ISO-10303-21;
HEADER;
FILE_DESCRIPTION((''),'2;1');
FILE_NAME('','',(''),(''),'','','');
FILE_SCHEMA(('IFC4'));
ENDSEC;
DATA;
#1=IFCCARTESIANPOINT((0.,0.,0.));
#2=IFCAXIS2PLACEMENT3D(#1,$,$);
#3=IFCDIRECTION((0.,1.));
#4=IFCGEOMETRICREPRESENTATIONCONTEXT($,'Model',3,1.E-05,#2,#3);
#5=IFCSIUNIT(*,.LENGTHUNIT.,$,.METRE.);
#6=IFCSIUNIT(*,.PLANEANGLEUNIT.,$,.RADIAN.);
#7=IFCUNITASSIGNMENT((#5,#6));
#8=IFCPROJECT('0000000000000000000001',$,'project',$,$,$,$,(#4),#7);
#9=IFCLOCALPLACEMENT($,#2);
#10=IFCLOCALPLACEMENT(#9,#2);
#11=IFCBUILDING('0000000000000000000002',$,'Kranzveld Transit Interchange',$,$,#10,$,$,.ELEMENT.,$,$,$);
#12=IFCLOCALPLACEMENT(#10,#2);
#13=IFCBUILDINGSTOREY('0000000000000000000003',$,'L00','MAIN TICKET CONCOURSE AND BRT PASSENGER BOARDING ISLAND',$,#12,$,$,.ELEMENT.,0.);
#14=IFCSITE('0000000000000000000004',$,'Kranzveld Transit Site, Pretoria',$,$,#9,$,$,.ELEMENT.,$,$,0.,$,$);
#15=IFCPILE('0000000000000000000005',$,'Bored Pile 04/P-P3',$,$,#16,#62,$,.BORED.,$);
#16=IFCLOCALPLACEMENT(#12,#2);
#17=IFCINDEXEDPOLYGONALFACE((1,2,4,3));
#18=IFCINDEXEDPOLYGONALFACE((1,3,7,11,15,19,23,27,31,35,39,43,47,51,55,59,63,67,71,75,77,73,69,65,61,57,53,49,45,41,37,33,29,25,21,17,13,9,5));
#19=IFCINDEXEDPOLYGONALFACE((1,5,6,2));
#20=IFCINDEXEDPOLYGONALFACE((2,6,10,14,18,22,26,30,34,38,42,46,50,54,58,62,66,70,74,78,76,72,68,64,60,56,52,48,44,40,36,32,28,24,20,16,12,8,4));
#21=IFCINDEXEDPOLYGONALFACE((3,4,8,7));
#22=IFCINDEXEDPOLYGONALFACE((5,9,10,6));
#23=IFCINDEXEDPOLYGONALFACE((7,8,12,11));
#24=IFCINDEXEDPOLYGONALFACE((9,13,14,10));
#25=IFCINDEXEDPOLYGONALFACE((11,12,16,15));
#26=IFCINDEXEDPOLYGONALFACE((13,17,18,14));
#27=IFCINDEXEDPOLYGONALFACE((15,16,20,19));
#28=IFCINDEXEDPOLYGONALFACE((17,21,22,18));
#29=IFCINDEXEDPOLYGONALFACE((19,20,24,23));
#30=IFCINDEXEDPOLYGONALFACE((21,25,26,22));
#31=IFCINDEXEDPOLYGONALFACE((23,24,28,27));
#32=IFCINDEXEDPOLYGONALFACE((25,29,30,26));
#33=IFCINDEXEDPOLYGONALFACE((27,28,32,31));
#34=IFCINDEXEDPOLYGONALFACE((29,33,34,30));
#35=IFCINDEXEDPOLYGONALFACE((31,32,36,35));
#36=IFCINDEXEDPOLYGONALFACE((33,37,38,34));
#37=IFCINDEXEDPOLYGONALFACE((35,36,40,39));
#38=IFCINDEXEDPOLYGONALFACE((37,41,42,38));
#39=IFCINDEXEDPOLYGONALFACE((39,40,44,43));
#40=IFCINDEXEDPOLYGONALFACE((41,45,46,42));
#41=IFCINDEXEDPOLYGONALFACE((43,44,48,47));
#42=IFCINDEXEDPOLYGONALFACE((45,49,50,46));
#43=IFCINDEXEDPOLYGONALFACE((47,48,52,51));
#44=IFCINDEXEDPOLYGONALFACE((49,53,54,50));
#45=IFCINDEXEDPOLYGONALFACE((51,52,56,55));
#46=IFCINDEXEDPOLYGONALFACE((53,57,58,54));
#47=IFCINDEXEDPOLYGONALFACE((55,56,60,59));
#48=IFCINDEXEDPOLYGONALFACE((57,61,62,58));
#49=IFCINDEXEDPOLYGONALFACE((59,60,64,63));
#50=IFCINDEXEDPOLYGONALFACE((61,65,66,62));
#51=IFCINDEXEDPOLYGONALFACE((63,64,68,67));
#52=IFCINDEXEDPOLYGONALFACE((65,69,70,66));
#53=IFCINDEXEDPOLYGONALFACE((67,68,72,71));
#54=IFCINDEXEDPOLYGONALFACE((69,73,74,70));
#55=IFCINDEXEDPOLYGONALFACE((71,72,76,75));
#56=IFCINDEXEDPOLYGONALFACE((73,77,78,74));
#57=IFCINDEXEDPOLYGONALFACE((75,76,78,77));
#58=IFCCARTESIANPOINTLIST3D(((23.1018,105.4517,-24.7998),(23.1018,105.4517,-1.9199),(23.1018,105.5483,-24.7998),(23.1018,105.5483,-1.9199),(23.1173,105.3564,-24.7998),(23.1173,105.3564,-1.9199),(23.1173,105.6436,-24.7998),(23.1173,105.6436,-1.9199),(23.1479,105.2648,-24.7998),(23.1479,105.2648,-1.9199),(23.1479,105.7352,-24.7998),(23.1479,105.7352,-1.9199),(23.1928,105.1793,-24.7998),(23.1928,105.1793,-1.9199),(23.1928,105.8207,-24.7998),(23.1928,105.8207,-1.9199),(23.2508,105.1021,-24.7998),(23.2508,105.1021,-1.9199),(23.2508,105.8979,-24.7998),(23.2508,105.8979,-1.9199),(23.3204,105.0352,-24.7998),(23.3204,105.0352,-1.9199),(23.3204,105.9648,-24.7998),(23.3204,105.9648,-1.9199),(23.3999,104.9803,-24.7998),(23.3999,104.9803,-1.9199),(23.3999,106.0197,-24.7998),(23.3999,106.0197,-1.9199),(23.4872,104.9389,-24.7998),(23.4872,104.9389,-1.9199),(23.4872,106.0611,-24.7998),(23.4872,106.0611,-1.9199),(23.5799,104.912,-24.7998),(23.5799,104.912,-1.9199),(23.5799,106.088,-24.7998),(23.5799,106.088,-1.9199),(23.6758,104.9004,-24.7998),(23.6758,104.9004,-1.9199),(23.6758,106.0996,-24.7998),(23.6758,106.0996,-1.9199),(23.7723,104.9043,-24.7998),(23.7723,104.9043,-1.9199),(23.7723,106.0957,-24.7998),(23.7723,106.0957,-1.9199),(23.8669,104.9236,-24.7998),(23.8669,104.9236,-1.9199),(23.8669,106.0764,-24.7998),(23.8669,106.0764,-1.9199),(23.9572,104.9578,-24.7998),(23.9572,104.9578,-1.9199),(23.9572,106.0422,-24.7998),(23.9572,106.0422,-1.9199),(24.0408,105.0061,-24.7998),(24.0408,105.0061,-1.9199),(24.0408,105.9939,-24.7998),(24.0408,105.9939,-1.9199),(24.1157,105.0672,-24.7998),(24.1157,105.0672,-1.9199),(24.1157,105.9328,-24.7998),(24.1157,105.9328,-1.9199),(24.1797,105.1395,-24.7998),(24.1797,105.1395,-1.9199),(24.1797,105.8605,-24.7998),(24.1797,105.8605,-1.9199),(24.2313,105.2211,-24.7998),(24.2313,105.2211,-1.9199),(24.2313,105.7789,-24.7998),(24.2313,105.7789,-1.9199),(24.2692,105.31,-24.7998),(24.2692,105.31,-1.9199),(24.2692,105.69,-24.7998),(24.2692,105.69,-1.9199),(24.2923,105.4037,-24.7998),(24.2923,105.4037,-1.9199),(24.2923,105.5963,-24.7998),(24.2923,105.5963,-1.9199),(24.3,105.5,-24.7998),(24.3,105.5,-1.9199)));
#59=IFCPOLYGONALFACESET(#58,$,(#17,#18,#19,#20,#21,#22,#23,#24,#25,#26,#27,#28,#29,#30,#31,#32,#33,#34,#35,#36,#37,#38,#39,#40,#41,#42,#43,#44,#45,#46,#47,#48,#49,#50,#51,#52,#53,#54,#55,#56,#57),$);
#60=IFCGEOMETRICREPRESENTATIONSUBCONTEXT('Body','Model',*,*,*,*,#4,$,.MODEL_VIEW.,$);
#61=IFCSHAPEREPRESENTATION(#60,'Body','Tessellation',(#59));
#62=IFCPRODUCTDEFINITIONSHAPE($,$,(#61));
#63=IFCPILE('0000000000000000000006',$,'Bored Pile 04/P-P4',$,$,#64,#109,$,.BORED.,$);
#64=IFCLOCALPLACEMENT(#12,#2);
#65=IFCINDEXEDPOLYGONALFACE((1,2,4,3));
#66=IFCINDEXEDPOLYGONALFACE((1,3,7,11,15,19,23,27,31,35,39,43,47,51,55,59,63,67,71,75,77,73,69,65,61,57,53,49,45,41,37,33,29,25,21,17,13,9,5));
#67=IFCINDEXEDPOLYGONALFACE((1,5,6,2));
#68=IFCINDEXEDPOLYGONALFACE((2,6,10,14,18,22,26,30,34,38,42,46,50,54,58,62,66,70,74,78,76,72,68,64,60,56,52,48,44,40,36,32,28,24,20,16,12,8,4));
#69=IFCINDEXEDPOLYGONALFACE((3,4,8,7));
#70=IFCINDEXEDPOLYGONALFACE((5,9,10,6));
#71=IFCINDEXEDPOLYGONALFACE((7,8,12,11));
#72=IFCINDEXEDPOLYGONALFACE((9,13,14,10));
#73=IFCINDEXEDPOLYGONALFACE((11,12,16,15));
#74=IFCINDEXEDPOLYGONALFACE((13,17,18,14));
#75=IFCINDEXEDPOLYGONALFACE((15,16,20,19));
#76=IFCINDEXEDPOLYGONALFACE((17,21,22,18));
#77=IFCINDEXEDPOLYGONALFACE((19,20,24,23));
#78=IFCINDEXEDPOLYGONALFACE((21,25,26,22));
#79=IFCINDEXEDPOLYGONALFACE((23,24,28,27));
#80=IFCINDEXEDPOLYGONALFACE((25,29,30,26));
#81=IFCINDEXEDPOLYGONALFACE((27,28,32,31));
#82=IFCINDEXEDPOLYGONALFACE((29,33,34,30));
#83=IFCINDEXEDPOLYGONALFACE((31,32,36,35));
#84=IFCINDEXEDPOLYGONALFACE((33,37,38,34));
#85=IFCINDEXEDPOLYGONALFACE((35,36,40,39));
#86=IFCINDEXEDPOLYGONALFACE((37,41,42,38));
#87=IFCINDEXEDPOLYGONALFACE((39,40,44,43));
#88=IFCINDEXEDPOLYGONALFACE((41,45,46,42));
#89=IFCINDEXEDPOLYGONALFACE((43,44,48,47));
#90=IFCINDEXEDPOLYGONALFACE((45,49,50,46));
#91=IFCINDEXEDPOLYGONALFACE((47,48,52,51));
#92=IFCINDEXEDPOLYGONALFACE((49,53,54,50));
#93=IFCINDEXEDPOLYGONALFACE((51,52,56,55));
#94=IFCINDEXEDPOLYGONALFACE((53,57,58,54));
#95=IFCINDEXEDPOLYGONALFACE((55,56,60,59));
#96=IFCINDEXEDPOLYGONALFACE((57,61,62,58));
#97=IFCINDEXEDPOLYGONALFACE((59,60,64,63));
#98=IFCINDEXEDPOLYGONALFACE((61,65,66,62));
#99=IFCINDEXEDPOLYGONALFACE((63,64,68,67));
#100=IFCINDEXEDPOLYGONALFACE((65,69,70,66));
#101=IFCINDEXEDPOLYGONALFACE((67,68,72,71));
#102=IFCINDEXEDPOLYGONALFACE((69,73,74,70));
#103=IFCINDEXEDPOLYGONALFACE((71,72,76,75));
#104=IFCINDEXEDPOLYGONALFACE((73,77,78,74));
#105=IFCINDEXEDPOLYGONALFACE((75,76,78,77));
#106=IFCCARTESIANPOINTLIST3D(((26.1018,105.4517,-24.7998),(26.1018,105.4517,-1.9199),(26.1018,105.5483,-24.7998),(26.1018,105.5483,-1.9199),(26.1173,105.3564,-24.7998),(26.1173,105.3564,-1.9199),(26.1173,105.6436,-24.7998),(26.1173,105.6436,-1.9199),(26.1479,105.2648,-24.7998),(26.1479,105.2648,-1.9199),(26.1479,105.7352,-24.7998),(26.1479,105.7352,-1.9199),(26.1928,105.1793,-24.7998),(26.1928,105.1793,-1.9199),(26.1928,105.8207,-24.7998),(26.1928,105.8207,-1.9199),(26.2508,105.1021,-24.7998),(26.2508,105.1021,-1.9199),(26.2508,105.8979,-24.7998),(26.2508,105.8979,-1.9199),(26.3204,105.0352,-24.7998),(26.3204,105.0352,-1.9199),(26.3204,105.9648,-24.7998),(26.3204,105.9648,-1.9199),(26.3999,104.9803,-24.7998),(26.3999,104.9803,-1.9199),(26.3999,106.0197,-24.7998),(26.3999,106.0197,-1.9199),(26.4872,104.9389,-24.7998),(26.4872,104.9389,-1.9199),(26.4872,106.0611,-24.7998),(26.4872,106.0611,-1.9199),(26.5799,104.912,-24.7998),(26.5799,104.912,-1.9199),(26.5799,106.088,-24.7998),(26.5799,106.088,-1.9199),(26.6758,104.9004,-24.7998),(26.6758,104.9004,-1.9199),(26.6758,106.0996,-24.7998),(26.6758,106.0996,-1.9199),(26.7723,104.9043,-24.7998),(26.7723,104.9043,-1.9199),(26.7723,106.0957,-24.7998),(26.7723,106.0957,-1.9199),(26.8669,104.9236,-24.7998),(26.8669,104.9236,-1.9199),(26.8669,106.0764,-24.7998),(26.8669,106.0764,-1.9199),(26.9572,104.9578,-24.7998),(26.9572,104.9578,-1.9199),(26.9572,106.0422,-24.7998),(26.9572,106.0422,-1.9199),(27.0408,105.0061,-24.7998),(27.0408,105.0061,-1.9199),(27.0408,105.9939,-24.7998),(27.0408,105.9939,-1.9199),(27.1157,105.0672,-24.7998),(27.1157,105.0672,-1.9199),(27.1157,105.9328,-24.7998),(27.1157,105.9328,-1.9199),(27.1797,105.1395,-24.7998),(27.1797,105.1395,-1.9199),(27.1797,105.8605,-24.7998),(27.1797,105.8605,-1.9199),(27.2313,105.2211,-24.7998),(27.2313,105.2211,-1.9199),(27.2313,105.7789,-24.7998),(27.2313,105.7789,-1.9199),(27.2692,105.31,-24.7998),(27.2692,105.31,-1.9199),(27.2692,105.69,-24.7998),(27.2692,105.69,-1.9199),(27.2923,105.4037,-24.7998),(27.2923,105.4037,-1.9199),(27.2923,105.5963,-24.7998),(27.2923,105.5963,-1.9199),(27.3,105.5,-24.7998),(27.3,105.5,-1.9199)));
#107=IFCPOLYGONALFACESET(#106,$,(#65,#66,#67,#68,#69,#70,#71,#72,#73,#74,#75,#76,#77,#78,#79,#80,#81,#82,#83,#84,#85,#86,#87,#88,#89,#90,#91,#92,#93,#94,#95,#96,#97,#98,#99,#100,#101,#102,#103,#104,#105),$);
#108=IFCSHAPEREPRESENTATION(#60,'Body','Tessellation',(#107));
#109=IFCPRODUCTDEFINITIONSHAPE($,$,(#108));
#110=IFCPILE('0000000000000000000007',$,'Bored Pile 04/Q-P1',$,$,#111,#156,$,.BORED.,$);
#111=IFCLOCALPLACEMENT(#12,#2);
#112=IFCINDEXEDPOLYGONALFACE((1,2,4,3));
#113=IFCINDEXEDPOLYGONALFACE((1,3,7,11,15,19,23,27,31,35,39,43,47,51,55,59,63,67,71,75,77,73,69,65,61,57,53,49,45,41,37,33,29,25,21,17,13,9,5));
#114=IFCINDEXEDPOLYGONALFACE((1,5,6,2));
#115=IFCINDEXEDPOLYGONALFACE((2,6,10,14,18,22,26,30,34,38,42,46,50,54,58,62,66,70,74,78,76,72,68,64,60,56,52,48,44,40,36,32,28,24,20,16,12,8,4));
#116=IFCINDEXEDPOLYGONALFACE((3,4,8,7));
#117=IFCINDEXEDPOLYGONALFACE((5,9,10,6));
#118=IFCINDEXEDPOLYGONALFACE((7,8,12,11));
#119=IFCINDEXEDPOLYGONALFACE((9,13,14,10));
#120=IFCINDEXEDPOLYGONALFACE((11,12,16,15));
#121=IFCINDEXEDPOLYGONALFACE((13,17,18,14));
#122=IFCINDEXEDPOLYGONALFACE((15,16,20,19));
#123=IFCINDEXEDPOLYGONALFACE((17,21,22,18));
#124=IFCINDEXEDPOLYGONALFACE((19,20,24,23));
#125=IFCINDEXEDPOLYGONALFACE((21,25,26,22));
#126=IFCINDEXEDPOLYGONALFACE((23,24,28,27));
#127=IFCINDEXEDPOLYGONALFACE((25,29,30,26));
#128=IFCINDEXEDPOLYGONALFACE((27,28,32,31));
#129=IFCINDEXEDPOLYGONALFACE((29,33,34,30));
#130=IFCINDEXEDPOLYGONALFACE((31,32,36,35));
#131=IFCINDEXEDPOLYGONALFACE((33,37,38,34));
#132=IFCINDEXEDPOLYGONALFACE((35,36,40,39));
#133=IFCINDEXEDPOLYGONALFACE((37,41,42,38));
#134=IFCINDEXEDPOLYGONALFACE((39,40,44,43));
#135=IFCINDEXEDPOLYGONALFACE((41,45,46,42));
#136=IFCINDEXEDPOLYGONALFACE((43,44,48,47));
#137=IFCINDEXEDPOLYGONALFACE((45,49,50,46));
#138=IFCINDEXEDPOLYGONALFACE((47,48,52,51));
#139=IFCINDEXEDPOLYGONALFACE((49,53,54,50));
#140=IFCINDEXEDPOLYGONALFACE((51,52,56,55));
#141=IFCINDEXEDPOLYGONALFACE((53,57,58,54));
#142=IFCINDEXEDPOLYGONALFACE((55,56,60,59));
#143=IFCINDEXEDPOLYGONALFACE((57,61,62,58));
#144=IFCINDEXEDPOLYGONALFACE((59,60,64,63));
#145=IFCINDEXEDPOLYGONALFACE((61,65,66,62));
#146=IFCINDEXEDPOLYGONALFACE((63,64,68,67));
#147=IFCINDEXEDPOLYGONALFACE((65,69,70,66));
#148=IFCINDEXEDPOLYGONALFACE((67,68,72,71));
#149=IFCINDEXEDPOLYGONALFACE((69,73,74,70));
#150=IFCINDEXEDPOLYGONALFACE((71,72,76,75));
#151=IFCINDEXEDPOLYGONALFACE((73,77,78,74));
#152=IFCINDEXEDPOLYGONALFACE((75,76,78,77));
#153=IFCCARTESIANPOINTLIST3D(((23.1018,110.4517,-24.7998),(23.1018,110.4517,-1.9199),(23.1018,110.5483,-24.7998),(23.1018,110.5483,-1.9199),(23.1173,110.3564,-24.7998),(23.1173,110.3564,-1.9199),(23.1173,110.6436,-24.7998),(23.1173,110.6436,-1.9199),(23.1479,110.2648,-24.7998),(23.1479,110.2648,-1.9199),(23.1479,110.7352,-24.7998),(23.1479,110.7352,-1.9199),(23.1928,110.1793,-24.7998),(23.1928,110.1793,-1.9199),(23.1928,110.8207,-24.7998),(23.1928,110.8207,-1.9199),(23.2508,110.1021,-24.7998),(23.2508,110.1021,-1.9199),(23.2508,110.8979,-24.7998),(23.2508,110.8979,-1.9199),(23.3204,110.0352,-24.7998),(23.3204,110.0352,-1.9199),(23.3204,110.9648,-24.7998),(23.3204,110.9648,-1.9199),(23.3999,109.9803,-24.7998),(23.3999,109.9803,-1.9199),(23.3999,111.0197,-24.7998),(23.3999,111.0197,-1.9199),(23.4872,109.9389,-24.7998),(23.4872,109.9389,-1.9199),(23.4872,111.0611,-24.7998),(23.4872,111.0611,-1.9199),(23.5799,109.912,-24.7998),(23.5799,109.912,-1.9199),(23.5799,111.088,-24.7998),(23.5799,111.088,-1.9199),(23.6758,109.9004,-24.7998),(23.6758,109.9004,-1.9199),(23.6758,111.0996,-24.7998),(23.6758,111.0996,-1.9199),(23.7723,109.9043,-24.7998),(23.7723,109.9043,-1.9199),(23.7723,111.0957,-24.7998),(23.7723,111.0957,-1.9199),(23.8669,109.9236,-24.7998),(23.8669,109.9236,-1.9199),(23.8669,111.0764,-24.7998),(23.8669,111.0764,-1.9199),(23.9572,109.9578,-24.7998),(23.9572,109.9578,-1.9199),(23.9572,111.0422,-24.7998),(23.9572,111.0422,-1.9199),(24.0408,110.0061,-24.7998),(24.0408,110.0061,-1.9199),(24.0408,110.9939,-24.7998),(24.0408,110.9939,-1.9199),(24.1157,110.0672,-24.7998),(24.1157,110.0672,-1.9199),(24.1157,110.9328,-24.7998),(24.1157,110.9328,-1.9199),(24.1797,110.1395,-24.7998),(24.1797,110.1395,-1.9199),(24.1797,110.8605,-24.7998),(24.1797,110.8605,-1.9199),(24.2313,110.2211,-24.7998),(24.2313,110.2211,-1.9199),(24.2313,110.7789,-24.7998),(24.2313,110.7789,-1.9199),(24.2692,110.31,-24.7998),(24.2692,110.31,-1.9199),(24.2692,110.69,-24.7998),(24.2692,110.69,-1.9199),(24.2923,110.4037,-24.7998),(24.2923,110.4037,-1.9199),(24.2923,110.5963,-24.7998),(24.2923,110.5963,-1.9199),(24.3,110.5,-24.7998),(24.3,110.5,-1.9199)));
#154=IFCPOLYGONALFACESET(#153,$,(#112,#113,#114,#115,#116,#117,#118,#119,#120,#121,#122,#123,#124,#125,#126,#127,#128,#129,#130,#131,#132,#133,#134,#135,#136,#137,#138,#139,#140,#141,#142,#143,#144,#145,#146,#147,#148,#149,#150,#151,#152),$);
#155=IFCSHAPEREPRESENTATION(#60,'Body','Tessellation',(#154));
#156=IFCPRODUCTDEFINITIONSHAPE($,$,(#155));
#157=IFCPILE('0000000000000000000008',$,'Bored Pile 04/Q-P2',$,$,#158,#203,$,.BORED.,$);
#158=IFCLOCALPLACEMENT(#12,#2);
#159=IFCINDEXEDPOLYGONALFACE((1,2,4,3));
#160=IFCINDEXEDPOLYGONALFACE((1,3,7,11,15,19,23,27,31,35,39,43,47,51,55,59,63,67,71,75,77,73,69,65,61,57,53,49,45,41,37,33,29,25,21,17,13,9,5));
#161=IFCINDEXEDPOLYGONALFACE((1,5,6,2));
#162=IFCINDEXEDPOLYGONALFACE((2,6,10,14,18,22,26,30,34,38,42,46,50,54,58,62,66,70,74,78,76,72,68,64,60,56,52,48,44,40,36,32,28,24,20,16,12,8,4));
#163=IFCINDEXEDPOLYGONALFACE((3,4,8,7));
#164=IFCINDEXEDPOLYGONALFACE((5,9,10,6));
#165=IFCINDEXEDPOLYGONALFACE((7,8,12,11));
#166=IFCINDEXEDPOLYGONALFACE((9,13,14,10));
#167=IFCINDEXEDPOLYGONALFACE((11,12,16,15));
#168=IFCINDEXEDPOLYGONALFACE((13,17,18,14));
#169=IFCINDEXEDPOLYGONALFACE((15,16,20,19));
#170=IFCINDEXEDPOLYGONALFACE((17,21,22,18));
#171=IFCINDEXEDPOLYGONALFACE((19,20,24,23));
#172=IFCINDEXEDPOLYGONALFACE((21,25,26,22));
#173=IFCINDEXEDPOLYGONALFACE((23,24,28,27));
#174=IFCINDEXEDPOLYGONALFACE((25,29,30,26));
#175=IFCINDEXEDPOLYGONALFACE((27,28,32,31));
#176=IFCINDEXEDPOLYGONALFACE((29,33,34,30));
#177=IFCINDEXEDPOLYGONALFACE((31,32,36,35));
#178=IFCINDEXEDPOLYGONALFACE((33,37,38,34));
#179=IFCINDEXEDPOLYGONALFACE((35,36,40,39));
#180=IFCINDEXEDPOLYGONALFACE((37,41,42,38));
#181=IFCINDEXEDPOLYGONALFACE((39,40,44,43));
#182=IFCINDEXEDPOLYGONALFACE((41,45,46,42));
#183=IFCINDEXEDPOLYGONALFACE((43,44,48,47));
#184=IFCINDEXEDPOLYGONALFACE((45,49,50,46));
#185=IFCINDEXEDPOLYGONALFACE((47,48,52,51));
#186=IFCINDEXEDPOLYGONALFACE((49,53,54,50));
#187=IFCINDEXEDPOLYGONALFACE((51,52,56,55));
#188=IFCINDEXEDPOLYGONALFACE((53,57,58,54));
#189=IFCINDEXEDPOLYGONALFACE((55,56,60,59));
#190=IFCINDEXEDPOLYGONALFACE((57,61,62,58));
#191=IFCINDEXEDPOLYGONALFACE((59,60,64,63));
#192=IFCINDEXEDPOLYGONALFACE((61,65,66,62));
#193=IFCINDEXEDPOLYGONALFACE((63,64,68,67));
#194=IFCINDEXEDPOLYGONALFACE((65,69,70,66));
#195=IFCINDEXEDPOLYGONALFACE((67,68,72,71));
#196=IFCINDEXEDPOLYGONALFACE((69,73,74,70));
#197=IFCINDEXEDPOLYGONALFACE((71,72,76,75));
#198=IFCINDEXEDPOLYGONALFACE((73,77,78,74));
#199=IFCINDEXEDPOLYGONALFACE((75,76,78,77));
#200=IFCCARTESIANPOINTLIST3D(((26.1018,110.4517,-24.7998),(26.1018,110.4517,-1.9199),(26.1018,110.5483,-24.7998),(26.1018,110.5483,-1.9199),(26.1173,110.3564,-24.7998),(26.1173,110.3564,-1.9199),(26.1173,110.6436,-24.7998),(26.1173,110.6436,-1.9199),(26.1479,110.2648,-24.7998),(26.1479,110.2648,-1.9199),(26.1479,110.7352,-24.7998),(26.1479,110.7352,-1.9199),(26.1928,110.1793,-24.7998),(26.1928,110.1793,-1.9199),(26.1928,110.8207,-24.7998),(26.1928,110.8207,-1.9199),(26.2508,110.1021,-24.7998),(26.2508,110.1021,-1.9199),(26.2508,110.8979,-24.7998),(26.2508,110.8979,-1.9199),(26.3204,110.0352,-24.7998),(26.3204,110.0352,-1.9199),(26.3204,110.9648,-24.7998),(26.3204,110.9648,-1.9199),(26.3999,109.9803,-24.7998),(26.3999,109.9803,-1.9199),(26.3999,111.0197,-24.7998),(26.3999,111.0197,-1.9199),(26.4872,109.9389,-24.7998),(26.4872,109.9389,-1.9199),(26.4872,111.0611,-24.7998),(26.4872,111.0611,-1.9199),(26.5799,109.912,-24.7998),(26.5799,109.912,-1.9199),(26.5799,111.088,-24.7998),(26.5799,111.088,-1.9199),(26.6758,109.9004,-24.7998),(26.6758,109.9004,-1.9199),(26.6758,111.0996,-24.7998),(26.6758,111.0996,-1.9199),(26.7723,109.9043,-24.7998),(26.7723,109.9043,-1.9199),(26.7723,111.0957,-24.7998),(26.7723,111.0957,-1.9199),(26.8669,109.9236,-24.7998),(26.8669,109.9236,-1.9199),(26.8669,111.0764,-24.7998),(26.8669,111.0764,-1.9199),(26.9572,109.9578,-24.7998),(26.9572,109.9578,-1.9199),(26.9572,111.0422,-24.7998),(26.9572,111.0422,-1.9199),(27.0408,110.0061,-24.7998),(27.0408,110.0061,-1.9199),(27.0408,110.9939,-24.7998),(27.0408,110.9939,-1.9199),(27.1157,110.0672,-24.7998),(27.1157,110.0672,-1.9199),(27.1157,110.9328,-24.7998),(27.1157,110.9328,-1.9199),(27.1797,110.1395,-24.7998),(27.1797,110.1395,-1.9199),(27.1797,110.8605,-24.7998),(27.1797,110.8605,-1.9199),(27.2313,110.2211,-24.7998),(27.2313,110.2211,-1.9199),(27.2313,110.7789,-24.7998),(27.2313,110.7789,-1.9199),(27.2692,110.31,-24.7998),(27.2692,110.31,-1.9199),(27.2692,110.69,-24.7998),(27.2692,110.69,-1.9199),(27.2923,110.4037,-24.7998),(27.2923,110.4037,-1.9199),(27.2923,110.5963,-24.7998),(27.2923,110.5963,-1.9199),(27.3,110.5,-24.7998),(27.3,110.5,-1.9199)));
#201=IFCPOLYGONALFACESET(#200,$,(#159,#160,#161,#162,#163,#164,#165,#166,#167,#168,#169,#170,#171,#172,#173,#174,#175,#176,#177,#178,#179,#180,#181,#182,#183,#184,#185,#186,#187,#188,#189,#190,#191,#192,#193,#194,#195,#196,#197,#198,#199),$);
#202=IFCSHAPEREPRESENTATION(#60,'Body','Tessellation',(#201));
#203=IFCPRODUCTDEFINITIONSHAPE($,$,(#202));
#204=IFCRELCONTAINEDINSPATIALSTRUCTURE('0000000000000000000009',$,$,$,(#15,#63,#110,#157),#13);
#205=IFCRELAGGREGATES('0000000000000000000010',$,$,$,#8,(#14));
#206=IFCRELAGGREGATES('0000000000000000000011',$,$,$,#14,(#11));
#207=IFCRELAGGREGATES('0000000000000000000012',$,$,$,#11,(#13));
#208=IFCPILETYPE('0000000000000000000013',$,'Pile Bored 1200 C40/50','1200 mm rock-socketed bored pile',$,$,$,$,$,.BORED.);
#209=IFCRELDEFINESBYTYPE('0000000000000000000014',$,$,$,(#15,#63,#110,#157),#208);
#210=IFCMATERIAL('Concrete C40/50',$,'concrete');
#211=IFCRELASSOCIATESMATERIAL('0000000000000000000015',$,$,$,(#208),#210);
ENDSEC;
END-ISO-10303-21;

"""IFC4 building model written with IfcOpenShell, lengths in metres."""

from ifc_helpers import new_model, si_unit, direction, frame, origin, origin_2d, place, context, subcontext, project, spatial, circle, extrude, material, material_profile, profile_set, type_object, element, save


model = new_model("IFC4")

# Units and contexts
model_context = context("Model", 3, precision=1e-05, world=origin(), true_north=direction((0.0, 1.0)))
body_context = subcontext(model_context, "Body", "Model", "MODEL_VIEW")
ifc_project = project(units=[si_unit("LENGTHUNIT", "METRE"), si_unit("PLANEANGLEUNIT", "RADIAN")], contexts=[model_context])

# Site, building, storey
site_placement = place(None, origin())
site = spatial("IfcSite", under=ifc_project, at=site_placement, Name="Kranzveld Transit Site, Pretoria", CompositionType="ELEMENT", RefElevation=0.0)
building_placement = place(site_placement, origin())
building = spatial("IfcBuilding", under=site, at=building_placement, Name="Kranzveld Transit Interchange", CompositionType="ELEMENT")
storey_placement = place(building_placement, origin())
storey = spatial("IfcBuildingStorey", under=building, at=storey_placement, Name="L00", Description="MAIN TICKET CONCOURSE AND BRT PASSENGER BOARDING ISLAND", CompositionType="ELEMENT", Elevation=0.0)

# Piles
ifc_material_1 = material(Name="Concrete C40/50", Category="concrete")
ifc_material_profile_1 = material_profile(ifc_material_1, circle(Radius=0.6001, at=origin_2d()), Name="BORED PILE 1200")
ifc_profile_set_1 = profile_set([ifc_material_profile_1], Name="Concrete C40/50")
pile_type_1 = type_object("IfcPileType", Name="Pile Bored 1200 C40/50", Description="1200 mm rock-socketed bored pile", PredefinedType="BORED", material=ifc_profile_set_1)
for number, where, z_axis, x_axis, name in (
    (1, (23.7, 105.5, -1.9199), (0.0, 0.0, -1.0), (1.0, 0.0, 0.0), "Bored Pile 04/P-P3"),
    (2, (26.7, 105.5, -1.9199), (0.0, 0.0, -1.0), (1.0, 0.0, 0.0), "Bored Pile 04/P-P4"),
    (3, (23.7, 110.5, -1.9199), (0.0, 0.0, -1.0), (1.0, 0.0, 0.0), "Bored Pile 04/Q-P1"),
    (4, (26.7, 110.5, -1.9199), (0.0, 0.0, -1.0), (1.0, 0.0, 0.0), "Bored Pile 04/Q-P2"),
):
    element("IfcPile", number, at=place(storey_placement, frame(where, z_axis=z_axis, x_axis=x_axis)), inside=storey, type_object=pile_type_1, Name=name, PredefinedType="BORED", context=body_context, shape_type="SweptSolid", body=[
        extrude(circle(Radius=0.6001, at=origin_2d()), origin(), (0.0, 0.0, 1.0), 22.8799),
    ])

save(model, "model.ifc")
